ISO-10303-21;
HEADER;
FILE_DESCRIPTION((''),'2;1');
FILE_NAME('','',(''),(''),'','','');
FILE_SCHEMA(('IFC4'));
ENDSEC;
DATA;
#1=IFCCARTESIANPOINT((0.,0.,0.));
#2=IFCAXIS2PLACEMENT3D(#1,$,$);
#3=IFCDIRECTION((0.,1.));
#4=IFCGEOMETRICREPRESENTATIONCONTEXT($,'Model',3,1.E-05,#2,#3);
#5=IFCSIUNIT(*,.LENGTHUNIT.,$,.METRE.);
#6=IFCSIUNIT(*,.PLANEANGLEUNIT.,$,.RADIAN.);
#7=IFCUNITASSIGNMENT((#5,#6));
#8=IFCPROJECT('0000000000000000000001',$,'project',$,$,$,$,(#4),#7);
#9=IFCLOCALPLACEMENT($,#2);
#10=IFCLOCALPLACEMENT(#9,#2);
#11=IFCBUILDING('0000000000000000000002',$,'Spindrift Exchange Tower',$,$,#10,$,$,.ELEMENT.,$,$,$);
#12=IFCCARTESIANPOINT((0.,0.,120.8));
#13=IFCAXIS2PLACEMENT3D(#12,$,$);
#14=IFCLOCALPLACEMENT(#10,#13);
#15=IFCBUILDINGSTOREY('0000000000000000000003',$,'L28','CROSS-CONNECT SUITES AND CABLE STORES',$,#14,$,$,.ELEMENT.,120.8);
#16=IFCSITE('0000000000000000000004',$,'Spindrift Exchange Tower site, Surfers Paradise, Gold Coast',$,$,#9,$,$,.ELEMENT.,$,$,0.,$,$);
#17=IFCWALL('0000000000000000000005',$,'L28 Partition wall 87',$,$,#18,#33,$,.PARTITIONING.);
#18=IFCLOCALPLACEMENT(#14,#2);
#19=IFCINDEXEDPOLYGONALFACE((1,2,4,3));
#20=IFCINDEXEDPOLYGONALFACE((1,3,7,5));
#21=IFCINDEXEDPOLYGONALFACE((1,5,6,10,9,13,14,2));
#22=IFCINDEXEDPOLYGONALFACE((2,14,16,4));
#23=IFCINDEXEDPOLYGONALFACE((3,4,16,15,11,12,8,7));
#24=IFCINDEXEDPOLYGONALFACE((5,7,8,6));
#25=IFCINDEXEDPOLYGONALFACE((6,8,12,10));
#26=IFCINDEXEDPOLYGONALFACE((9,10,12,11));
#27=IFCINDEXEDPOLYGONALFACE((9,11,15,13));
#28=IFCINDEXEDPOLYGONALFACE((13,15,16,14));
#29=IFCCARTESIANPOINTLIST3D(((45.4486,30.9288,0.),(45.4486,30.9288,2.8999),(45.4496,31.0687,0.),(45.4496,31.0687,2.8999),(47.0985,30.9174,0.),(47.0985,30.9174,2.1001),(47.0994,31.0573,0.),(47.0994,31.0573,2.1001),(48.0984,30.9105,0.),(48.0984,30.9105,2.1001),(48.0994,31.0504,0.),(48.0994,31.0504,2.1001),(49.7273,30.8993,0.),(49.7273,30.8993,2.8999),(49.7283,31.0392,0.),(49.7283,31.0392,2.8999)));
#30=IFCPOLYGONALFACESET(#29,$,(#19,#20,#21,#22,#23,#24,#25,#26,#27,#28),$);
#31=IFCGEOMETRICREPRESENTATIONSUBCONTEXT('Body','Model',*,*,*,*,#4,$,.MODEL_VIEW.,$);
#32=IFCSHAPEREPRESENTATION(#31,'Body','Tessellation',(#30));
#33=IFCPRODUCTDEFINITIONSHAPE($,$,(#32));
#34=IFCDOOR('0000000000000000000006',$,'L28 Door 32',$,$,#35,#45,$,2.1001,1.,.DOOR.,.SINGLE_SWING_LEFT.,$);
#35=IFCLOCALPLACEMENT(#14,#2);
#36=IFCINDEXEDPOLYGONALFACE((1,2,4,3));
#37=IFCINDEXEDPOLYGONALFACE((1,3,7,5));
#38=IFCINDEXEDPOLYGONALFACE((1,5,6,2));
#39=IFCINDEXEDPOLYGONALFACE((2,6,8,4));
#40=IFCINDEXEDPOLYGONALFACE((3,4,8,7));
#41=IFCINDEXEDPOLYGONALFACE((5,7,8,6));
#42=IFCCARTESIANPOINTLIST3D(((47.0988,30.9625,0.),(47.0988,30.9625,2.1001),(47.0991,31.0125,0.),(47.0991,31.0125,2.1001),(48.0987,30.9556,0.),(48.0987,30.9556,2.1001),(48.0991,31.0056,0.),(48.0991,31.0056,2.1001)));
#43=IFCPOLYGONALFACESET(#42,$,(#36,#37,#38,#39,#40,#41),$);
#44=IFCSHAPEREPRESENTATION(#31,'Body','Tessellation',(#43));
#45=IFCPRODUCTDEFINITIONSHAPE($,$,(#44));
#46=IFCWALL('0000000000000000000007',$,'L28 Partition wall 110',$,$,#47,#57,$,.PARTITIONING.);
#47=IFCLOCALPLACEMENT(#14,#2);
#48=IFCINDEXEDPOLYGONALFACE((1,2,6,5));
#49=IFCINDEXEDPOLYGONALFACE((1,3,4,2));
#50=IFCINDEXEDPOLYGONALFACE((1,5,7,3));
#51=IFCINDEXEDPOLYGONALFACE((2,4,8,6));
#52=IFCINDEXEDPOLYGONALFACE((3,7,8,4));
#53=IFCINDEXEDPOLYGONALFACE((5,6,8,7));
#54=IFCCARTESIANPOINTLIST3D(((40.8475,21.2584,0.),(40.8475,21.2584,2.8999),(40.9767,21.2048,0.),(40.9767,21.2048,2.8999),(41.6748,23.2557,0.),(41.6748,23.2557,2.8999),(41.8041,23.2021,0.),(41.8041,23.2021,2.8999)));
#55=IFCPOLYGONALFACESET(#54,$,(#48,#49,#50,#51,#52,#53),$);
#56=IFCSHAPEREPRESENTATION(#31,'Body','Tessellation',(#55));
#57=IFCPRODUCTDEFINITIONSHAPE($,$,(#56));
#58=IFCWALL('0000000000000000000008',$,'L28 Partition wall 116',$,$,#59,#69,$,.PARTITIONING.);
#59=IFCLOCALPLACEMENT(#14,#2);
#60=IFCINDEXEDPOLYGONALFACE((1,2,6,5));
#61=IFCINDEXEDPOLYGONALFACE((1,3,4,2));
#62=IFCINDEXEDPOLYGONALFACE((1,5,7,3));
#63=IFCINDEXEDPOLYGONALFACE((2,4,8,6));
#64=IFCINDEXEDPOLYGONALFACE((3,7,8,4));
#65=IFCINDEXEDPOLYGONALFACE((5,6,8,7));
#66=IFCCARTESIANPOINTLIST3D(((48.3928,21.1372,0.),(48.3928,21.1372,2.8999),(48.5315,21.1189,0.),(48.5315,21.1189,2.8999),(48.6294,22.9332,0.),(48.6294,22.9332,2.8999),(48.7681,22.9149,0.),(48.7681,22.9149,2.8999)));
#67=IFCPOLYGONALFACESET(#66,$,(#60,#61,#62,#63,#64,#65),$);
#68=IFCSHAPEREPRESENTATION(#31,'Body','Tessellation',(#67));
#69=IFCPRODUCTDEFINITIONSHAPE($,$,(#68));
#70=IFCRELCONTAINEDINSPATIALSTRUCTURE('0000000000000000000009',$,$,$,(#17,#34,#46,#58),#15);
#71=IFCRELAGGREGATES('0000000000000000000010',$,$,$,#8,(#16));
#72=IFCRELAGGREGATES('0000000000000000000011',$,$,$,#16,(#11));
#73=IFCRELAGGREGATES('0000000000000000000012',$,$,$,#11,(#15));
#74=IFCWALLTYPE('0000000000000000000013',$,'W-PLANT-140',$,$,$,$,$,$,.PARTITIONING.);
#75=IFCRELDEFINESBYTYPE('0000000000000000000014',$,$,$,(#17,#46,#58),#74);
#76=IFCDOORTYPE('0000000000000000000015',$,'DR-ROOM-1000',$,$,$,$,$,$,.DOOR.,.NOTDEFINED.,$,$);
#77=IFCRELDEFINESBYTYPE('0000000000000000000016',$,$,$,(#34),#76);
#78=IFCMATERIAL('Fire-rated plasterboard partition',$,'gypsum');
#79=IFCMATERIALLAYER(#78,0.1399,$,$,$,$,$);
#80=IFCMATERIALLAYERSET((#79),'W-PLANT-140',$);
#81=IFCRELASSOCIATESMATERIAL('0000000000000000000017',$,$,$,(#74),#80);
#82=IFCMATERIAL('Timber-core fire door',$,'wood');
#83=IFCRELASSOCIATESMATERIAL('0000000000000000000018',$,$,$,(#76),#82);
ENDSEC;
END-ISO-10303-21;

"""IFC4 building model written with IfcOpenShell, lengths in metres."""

from ifc_helpers import new_model, si_unit, direction, frame, frame_2d, origin, place, context, subcontext, project, spatial, rectangle, extrude, source, transform, mapped, material, layer, layer_set, type_object, element, fill, save


model = new_model("IFC4")

# Units and contexts
model_context = context("Model", 3, precision=1e-05, world=origin(), true_north=direction((0.0, 1.0)))
body_context = subcontext(model_context, "Body", "Model", "MODEL_VIEW")
ifc_project = project(units=[si_unit("LENGTHUNIT", "METRE"), si_unit("PLANEANGLEUNIT", "RADIAN")], contexts=[model_context])

# Site, building, storey
site_placement = place(None, origin())
site = spatial("IfcSite", under=ifc_project, at=site_placement, Name="Spindrift Exchange Tower site, Surfers Paradise, Gold Coast", CompositionType="ELEMENT", RefElevation=0.0)
building_placement = place(site_placement, origin())
building = spatial("IfcBuilding", under=site, at=building_placement, Name="Spindrift Exchange Tower", CompositionType="ELEMENT")
storey_placement = place(building_placement, frame((0.0, 0.0, 120.8)))
storey = spatial("IfcBuildingStorey", under=building, at=storey_placement, Name="L28", Description="CROSS-CONNECT SUITES AND CABLE STORES", CompositionType="ELEMENT", Elevation=120.8)

# Shared definitions
ifc_material_1 = material(Name="Fire-rated plasterboard partition", Category="gypsum")
ifc_layer_1 = layer(ifc_material_1, 0.1399)
ifc_layer_set_1 = layer_set([ifc_layer_1], Name="W-PLANT-140")
wall_type = type_object("IfcWallType", Name="W-PLANT-140", PredefinedType="PARTITIONING", material=ifc_layer_set_1)

# Wall, opening, door
wall_1_placement = place(storey_placement, frame((49.7278, 30.9692, 0.0), z_axis=(0.0, 0.0, 1.0), x_axis=(-0.999976, 0.006904, 0.0)))
wall_1 = element("IfcWall", 1, at=wall_1_placement, inside=storey, type_object=wall_type, Name="L28 Partition wall 87", PredefinedType="PARTITIONING", context=body_context, shape_type="SweptSolid", body=[
    extrude(rectangle(XDim=4.2788, YDim=0.1399, at=frame_2d((2.1394, 0.0))), origin(), (0.0, 0.0, 1.0), 2.8999),
])
opening_placement = place(wall_1_placement, frame((1.6289, 0.0, 0.0)))
opening = element("IfcOpeningElement", 2, at=opening_placement, cuts=wall_1, PredefinedType="OPENING", context=body_context, shape_type="SweptSolid", body=[
    extrude(rectangle(XDim=1.0, YDim=2.1001, at=frame_2d((0.5, 1.05))), frame((0.0, 0.0798, 0.0), z_axis=(0.0, -1.0, 0.0), x_axis=(1.0, 0.0, 0.0)), (0.0, 0.0, 1.0), 0.1599),
])
ifc_material_2 = material(Name="Timber-core fire door", Category="wood")
door_type = type_object("IfcDoorType", Name="DR-ROOM-1000", OperationType="NOTDEFINED", PredefinedType="DOOR", material=ifc_material_2)
shared_shape_1 = source(origin(), body_context, "Body", "SweptSolid", [
    extrude(rectangle(XDim=1.0, YDim=2.1001, at=frame_2d((0.5, 1.05))), frame((0.0, 0.0249, 0.0), z_axis=(0.0, -1.0, 0.0), x_axis=(1.0, 0.0, 0.0)), (0.0, 0.0, 1.0), 0.05),
])
door_placement = place(opening_placement, origin())
door = element("IfcDoor", 3, at=door_placement, inside=storey, type_object=door_type, Name="L28 Door 32", OperationType="SINGLE_SWING_LEFT", OverallHeight=2.1001, OverallWidth=1.0, PredefinedType="DOOR", context=body_context, shape_type="MappedRepresentation", body=[
    mapped(shared_shape_1, transform((0.0, 0.0, 0.0), scale=1.0)),
])
fill(opening, door)

# Walls
wall_2_placement = place(storey_placement, frame((41.7395, 23.229, 0.0), z_axis=(0.0, 0.0, 1.0), x_axis=(-0.382714, -0.923867, 0.0)))
element("IfcWall", 4, at=wall_2_placement, inside=storey, type_object=wall_type, Name="L28 Partition wall 110", PredefinedType="PARTITIONING", context=body_context, shape_type="SweptSolid", body=[
    extrude(rectangle(XDim=2.1619, YDim=0.1399, at=frame_2d((1.0811, 0.0))), origin(), (0.0, 0.0, 1.0), 2.8999),
])
wall_3_placement = place(storey_placement, frame((48.6987, 22.9241, 0.0), z_axis=(0.0, 0.0, 1.0), x_axis=(-0.130601, -0.991435, 0.0)))
element("IfcWall", 5, at=wall_3_placement, inside=storey, type_object=wall_type, Name="L28 Partition wall 116", PredefinedType="PARTITIONING", context=body_context, shape_type="SweptSolid", body=[
    extrude(rectangle(XDim=1.8115, YDim=0.1399, at=frame_2d((0.9058, 0.0))), origin(), (0.0, 0.0, 1.0), 2.8999),
])

save(model, "model.ifc")
